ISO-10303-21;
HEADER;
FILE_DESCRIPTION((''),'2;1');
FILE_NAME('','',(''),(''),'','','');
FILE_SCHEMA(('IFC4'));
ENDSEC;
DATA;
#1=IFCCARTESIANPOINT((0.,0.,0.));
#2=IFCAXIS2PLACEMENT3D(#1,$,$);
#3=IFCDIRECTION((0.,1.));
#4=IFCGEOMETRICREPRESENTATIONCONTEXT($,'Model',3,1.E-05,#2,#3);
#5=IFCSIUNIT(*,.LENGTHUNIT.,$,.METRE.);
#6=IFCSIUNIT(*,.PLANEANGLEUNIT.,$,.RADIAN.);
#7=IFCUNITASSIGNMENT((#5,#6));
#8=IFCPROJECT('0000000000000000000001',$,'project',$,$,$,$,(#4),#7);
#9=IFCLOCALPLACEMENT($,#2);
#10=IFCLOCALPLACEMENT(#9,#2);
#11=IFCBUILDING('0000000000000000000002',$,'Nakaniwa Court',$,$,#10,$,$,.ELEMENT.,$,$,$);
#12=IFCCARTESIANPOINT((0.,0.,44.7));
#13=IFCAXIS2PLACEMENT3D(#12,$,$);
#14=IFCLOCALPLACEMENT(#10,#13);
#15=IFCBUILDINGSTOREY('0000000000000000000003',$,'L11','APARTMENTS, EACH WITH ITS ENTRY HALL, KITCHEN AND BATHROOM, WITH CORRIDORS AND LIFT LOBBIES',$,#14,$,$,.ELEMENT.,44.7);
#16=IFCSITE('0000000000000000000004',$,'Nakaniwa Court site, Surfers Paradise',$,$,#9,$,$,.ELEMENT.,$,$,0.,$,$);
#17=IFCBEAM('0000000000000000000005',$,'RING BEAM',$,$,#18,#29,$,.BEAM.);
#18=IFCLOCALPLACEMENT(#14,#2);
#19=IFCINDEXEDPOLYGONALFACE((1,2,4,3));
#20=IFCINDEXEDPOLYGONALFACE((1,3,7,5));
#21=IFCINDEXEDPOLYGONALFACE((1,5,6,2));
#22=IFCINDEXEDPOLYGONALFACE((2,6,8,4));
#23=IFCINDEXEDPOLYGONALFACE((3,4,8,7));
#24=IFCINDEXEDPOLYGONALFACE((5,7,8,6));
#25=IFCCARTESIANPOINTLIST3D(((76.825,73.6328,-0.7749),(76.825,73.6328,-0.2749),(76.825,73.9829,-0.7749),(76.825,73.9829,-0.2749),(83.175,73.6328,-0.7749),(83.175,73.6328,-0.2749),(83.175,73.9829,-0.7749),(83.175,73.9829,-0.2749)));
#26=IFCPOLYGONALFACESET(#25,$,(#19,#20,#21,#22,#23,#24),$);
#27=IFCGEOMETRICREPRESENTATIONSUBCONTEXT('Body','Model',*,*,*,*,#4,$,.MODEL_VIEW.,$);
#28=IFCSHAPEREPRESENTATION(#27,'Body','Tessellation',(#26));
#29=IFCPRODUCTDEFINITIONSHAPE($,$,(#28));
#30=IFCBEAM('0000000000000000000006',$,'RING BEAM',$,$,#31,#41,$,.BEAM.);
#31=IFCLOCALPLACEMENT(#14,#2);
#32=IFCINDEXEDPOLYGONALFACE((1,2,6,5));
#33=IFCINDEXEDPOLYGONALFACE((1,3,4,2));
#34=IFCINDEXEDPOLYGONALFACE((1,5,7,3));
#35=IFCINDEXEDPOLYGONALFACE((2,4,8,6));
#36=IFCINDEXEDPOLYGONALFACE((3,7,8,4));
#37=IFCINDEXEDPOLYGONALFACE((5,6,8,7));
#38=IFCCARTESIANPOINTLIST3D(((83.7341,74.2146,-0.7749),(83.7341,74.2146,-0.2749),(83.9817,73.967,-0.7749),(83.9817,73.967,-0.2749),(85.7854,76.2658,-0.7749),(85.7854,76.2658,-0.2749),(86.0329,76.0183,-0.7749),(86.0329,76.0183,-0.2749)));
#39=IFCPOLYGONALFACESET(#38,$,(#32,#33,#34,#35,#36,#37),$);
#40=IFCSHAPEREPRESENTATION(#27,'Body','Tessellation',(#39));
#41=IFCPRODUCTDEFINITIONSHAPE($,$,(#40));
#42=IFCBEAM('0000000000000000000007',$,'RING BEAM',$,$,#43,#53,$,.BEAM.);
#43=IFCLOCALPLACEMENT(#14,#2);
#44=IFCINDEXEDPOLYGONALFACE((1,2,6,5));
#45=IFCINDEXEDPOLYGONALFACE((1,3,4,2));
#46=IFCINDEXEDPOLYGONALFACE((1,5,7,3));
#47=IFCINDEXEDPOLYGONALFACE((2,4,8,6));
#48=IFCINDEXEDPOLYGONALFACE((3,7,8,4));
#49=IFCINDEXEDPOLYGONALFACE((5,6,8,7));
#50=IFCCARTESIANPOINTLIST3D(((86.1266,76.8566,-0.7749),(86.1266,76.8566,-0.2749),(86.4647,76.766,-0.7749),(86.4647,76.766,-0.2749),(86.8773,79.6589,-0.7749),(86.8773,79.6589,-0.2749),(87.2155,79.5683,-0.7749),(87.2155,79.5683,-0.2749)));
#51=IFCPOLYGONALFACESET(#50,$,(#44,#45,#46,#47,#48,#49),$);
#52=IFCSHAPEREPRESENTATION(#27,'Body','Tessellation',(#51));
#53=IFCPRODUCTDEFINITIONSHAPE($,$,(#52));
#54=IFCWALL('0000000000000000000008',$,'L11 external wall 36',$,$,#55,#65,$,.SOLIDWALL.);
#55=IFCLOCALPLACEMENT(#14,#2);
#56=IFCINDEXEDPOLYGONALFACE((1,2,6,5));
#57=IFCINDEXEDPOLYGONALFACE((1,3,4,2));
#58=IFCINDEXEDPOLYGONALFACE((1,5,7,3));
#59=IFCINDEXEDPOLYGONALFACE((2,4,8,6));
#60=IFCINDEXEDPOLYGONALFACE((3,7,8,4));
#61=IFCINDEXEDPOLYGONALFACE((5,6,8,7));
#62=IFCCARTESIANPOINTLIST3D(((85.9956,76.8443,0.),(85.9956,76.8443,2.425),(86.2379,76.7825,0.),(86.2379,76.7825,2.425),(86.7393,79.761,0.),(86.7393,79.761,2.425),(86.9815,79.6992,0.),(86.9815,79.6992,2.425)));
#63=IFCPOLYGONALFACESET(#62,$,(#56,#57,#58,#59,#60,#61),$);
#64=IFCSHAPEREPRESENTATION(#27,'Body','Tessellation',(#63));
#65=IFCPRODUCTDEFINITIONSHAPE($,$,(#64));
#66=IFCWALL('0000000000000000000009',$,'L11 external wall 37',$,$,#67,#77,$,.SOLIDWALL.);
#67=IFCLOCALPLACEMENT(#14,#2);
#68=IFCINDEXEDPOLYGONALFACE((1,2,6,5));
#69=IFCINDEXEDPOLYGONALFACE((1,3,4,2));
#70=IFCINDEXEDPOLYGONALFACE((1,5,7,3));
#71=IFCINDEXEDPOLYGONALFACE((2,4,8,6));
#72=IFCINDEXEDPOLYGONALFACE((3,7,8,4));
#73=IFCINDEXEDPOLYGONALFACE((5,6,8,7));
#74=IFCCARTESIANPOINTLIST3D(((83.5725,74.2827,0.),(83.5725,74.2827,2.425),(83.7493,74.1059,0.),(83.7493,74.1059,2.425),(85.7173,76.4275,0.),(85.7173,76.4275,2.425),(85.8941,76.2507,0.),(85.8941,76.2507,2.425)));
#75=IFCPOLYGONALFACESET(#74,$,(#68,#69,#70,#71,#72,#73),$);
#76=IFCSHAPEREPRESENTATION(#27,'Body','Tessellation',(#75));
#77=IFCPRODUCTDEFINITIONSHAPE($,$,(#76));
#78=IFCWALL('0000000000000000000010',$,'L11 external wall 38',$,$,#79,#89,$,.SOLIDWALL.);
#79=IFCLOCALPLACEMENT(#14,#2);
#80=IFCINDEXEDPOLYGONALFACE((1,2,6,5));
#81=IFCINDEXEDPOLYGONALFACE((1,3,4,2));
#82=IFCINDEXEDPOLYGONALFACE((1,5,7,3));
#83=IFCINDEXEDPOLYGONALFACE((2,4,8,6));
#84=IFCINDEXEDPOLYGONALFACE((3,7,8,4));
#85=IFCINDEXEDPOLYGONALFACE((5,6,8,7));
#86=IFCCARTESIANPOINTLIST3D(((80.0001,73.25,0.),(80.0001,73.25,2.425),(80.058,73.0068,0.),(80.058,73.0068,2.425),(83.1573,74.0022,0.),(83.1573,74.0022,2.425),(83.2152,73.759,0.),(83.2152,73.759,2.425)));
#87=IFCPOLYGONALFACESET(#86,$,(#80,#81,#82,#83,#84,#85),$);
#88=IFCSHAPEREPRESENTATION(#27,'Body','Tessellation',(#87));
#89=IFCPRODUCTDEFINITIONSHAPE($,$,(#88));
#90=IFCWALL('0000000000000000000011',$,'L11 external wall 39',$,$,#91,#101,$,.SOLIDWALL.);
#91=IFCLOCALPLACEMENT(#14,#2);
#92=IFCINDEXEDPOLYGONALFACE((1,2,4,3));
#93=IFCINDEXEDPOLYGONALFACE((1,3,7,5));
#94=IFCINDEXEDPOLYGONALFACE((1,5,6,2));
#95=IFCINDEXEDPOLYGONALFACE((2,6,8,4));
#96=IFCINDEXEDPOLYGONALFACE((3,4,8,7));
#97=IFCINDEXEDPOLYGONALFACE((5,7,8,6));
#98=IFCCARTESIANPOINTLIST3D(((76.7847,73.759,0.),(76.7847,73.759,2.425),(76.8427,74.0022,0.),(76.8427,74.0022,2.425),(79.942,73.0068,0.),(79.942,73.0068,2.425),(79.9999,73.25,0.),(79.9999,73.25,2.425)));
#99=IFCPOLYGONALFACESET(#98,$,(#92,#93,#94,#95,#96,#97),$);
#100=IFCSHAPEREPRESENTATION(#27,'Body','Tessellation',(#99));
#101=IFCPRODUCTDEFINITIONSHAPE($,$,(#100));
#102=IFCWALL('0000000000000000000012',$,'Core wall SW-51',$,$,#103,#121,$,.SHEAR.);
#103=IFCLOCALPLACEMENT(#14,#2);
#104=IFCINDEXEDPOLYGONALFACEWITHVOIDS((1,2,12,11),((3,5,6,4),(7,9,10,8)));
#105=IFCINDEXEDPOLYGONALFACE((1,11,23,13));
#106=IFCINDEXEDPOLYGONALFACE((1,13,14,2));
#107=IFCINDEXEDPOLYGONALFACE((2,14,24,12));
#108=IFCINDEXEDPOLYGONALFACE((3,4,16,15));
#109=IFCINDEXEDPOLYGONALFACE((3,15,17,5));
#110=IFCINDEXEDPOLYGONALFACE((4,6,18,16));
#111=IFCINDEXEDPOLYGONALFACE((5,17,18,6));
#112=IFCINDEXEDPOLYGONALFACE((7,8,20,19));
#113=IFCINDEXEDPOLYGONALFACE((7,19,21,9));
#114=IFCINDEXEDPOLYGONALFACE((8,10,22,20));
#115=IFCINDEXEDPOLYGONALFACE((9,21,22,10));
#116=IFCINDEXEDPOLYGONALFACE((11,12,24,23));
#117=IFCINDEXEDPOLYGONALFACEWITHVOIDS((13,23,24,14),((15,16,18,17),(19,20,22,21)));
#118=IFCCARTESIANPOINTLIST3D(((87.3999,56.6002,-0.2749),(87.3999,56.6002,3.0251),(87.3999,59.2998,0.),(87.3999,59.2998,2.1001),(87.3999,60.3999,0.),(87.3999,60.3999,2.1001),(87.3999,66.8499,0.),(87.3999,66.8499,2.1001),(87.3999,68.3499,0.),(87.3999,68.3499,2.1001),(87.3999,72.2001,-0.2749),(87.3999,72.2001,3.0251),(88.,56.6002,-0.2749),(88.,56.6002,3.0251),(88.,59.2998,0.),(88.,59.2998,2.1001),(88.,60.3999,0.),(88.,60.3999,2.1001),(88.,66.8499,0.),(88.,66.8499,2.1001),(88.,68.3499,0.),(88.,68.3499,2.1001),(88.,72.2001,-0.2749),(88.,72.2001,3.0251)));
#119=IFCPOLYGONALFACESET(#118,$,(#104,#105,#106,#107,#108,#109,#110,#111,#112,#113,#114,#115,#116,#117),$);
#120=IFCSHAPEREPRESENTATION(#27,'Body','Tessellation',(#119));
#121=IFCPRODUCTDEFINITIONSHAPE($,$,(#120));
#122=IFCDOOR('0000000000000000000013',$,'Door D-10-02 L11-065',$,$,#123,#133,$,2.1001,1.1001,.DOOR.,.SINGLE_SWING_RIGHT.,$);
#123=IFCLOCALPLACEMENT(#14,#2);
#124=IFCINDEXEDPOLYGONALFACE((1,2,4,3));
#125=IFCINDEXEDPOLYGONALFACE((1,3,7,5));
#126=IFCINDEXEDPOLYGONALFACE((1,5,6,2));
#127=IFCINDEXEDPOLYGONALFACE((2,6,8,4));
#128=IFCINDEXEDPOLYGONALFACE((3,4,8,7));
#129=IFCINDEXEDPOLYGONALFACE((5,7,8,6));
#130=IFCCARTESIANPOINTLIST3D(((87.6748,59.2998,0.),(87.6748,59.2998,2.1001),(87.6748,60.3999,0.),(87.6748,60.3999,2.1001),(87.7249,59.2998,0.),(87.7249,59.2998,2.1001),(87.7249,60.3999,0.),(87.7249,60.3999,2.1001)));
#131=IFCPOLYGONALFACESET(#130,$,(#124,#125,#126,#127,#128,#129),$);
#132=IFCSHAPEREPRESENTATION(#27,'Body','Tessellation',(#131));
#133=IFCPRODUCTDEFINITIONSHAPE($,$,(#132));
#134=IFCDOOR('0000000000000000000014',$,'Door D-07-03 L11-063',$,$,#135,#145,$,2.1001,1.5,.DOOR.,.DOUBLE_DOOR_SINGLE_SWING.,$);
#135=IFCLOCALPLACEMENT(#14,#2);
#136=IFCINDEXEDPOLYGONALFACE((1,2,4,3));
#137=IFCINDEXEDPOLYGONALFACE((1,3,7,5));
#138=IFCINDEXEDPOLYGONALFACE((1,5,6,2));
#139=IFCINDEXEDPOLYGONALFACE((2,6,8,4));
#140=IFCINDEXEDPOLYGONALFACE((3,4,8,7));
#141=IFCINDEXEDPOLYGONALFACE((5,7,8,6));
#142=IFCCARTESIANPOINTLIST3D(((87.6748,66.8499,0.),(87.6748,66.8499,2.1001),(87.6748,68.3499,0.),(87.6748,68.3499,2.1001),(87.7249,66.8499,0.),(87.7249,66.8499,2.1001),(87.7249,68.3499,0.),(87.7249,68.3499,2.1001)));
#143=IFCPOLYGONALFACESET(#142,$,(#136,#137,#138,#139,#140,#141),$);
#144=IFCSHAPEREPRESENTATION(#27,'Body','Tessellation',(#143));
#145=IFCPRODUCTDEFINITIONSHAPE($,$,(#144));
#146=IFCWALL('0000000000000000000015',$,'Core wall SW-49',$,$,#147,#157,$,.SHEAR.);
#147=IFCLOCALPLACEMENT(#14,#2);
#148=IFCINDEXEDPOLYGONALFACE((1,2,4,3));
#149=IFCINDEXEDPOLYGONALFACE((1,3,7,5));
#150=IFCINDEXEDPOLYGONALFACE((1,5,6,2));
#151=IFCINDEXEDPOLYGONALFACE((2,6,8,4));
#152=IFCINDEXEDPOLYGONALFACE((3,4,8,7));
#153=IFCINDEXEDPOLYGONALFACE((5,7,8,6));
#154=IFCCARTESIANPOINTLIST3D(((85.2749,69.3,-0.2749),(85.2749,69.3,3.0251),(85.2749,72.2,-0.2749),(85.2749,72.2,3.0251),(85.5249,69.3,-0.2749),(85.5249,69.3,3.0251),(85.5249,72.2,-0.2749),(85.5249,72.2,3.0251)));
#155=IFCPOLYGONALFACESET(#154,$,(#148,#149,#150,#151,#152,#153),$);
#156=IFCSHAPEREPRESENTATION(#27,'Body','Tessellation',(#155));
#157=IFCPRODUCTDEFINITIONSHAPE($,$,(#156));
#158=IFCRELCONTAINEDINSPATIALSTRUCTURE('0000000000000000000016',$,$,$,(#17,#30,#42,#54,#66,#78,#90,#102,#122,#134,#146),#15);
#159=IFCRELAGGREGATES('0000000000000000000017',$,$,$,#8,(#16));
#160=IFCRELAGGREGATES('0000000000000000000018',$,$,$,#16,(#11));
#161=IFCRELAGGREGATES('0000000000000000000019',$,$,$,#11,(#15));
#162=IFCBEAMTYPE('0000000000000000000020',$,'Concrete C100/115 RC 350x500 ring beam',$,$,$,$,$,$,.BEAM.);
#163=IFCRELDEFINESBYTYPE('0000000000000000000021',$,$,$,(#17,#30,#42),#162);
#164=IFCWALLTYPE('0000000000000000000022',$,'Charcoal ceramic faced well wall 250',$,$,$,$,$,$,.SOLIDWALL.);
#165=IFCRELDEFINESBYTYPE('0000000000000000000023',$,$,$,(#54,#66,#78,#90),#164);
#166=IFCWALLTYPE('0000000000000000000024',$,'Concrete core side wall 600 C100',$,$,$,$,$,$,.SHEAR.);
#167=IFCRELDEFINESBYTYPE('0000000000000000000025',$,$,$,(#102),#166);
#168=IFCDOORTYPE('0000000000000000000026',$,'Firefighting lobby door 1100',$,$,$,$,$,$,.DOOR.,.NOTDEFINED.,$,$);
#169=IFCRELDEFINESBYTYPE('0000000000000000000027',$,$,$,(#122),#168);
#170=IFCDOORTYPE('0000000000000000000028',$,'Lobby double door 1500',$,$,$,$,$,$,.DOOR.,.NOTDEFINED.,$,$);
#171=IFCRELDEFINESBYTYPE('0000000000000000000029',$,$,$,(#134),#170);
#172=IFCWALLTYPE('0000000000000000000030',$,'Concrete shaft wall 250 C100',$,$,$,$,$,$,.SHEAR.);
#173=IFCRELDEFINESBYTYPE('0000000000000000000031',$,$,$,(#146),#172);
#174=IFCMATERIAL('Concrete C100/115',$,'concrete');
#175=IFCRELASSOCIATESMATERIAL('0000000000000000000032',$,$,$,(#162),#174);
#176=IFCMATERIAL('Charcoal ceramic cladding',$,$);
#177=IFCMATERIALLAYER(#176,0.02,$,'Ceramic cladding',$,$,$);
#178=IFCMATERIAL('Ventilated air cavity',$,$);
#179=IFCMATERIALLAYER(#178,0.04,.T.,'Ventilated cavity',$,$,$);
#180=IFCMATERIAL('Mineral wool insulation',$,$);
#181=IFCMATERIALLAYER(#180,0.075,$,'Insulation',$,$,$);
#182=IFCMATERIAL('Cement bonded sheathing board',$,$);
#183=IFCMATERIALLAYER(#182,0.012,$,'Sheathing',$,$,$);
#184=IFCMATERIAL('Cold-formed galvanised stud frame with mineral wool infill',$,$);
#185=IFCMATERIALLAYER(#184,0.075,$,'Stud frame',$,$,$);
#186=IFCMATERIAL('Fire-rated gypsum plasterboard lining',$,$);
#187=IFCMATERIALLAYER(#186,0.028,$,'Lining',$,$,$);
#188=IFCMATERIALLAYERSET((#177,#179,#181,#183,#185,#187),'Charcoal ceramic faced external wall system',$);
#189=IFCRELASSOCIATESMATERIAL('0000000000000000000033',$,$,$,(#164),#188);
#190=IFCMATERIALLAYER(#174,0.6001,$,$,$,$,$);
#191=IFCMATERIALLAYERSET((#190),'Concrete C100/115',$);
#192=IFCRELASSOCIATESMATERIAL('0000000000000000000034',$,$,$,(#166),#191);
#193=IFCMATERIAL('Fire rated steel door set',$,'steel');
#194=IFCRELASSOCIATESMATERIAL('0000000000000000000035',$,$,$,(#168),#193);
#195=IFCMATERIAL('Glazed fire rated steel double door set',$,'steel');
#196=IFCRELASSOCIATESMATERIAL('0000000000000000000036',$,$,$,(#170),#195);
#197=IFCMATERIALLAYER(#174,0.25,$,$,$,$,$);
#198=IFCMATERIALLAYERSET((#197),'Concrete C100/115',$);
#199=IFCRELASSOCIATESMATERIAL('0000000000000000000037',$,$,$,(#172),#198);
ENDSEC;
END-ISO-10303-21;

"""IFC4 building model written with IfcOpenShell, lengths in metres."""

from ifc_helpers import new_model, si_unit, direction, frame, frame_2d, origin, origin_2d, place, context, subcontext, project, spatial, rectangle, extrude, material, layer, layer_set, material_profile, profile_set, type_object, element, fill, save


model = new_model("IFC4")

# Units and contexts
model_context = context("Model", 3, precision=1e-05, world=origin(), true_north=direction((0.0, 1.0)))
body_context = subcontext(model_context, "Body", "Model", "MODEL_VIEW")
ifc_project = project(units=[si_unit("LENGTHUNIT", "METRE"), si_unit("PLANEANGLEUNIT", "RADIAN")], contexts=[model_context])

# Site, building, storey
site_placement = place(None, origin())
site = spatial("IfcSite", under=ifc_project, at=site_placement, Name="Nakaniwa Court site, Surfers Paradise", CompositionType="ELEMENT", RefElevation=0.0)
building_placement = place(site_placement, origin())
building = spatial("IfcBuilding", under=site, at=building_placement, Name="Nakaniwa Court", CompositionType="ELEMENT")
storey_placement = place(building_placement, frame((0.0, 0.0, 44.7)))
storey = spatial("IfcBuildingStorey", under=building, at=storey_placement, Name="L11", Description="APARTMENTS, EACH WITH ITS ENTRY HALL, KITCHEN AND BATHROOM, WITH CORRIDORS AND LIFT LOBBIES", CompositionType="ELEMENT", Elevation=44.7)

# Shared definitions
ifc_material_1 = material(Name="Concrete C100/115", Category="concrete")

# Beams
ifc_material_profile_1 = material_profile(ifc_material_1, rectangle(XDim=0.3501, YDim=0.5, at=origin_2d()), Name="Concrete C100/115 RC 350x500 ring beam")
ifc_profile_set_1 = profile_set([ifc_material_profile_1], Name="Concrete C100/115")
beam_type = type_object("IfcBeamType", Name="Concrete C100/115 RC 350x500 ring beam", PredefinedType="BEAM", material=ifc_profile_set_1)
beam_1_placement = place(storey_placement, frame((76.825, 73.8079, -0.5249), z_axis=(1.0, 0.0, 0.0), x_axis=(0.0, 1.0, 0.0)))
element("IfcBeam", 1, at=beam_1_placement, inside=storey, type_object=beam_type, Name="RING BEAM", PredefinedType="BEAM", context=body_context, shape_type="SweptSolid", body=[
    extrude(rectangle(XDim=0.3501, YDim=0.5, at=origin_2d()), origin(), (0.0, 0.0, 1.0), 6.3501),
])
beam_2_placement = place(storey_placement, frame((83.8579, 74.0908, -0.5249), z_axis=(0.707107, 0.707107, 0.0), x_axis=(-0.707107, 0.707107, 0.0)))
element("IfcBeam", 2, at=beam_2_placement, inside=storey, type_object=beam_type, Name="RING BEAM", PredefinedType="BEAM", context=body_context, shape_type="SweptSolid", body=[
    extrude(rectangle(XDim=0.3501, YDim=0.5, at=origin_2d()), origin(), (0.0, 0.0, 1.0), 2.9009),
])
beam_3_placement = place(storey_placement, frame((86.2957, 76.8113, -0.5249), z_axis=(0.258778, 0.965937, 0.0), x_axis=(-0.965937, 0.258778, 0.0)))
element("IfcBeam", 3, at=beam_3_placement, inside=storey, type_object=beam_type, Name="RING BEAM", PredefinedType="BEAM", context=body_context, shape_type="SweptSolid", body=[
    extrude(rectangle(XDim=0.3501, YDim=0.5, at=origin_2d()), origin(), (0.0, 0.0, 1.0), 2.9011),
])

# Walls
ifc_material_2 = material(Name="Charcoal ceramic cladding")
ifc_layer_1 = layer(ifc_material_2, 0.02, Name="Ceramic cladding")
ifc_material_3 = material(Name="Ventilated air cavity")
ifc_layer_2 = layer(ifc_material_3, 0.04, ventilated=True, Name="Ventilated cavity")
ifc_material_4 = material(Name="Mineral wool insulation")
ifc_layer_3 = layer(ifc_material_4, 0.075, Name="Insulation")
ifc_material_5 = material(Name="Cement bonded sheathing board")
ifc_layer_4 = layer(ifc_material_5, 0.012, Name="Sheathing")
ifc_material_6 = material(Name="Cold-formed galvanised stud frame with mineral wool infill")
ifc_layer_5 = layer(ifc_material_6, 0.075, Name="Stud frame")
ifc_material_7 = material(Name="Fire-rated gypsum plasterboard lining")
ifc_layer_6 = layer(ifc_material_7, 0.028, Name="Lining")
ifc_layer_set_1 = layer_set([ifc_layer_1, ifc_layer_2, ifc_layer_3, ifc_layer_4, ifc_layer_5, ifc_layer_6], Name="Charcoal ceramic faced external wall system")
wall_type_1 = type_object("IfcWallType", Name="Charcoal ceramic faced well wall 250", PredefinedType="SOLIDWALL", material=ifc_layer_set_1)
wall_1_placement = place(storey_placement, frame((86.8604, 79.73, 0.0), z_axis=(0.0, 0.0, 1.0), x_axis=(-0.247056, -0.969001, 0.0)))
element("IfcWall", 4, at=wall_1_placement, inside=storey, type_object=wall_type_1, Name="L11 external wall 36", PredefinedType="SOLIDWALL", context=body_context, shape_type="SweptSolid", body=[
    extrude(rectangle(XDim=3.01, YDim=0.25, at=frame_2d((1.5049, 0.0))), origin(), (0.0, 0.0, 1.0), 2.425),
])
wall_2_placement = place(storey_placement, frame((85.8057, 76.3391, 0.0), z_axis=(0.0, 0.0, 1.0), x_axis=(-0.707107, -0.707107, 0.0)))
element("IfcWall", 5, at=wall_2_placement, inside=storey, type_object=wall_type_1, Name="L11 external wall 37", PredefinedType="SOLIDWALL", context=body_context, shape_type="SweptSolid", body=[
    extrude(rectangle(XDim=3.0332, YDim=0.25, at=frame_2d((1.5166, 0.0))), origin(), (0.0, 0.0, 1.0), 2.425),
])
for number, where, z_axis, x_axis, name in (
    (6, (83.1863, 73.8806, 0.0), (0.0, 0.0, 1.0), (-0.972773, -0.23176, 0.0), "L11 external wall 38"),
    (7, (79.9709, 73.1284, 0.0), (0.0, 0.0, 1.0), (-0.972773, 0.23176, 0.0), "L11 external wall 39"),
):
    element("IfcWall", number, at=place(storey_placement, frame(where, z_axis=z_axis, x_axis=x_axis)), inside=storey, type_object=wall_type_1, Name=name, PredefinedType="SOLIDWALL", context=body_context, shape_type="SweptSolid", body=[
        extrude(rectangle(XDim=3.2456, YDim=0.25, at=frame_2d((1.6228, 0.0))), origin(), (0.0, 0.0, 1.0), 2.425),
    ])

# Wall, openings, doors
ifc_layer_7 = layer(ifc_material_1, 0.6001)
ifc_layer_set_2 = layer_set([ifc_layer_7], Name="Concrete C100/115")
wall_type_2 = type_object("IfcWallType", Name="Concrete core side wall 600 C100", PredefinedType="SHEAR", material=ifc_layer_set_2)
wall_3_placement = place(storey_placement, frame((87.7, 72.2, -0.2749), z_axis=(0.0, 0.0, 1.0), x_axis=(0.0, -1.0, 0.0)))
wall_3 = element("IfcWall", 8, at=wall_3_placement, inside=storey, type_object=wall_type_2, Name="Core wall SW-51", PredefinedType="SHEAR", context=body_context, shape_type="SweptSolid", body=[
    extrude(rectangle(XDim=15.5999, YDim=0.6001, at=frame_2d((7.7998, 0.0))), origin(), (0.0, 0.0, 1.0), 3.3),
])
opening_1_placement = place(wall_3_placement, frame((3.8501, 0.0, 0.2749)))
opening_1 = element("IfcOpeningElement", 9, at=opening_1_placement, cuts=wall_3, PredefinedType="OPENING", context=body_context, shape_type="SweptSolid", body=[
    extrude(rectangle(XDim=1.5, YDim=2.1001, at=frame_2d((0.75, 1.05))), frame((0.0, 0.3101, 0.0), z_axis=(0.0, -1.0, 0.0), x_axis=(1.0, 0.0, 0.0)), (0.0, 0.0, 1.0), 0.6201),
])
opening_2_placement = place(wall_3_placement, frame((11.8, 0.0, 0.2749)))
opening_2 = element("IfcOpeningElement", 10, at=opening_2_placement, cuts=wall_3, PredefinedType="OPENING", context=body_context, shape_type="SweptSolid", body=[
    extrude(rectangle(XDim=1.1001, YDim=2.1001, at=frame_2d((0.55, 1.05))), frame((0.0, 0.3101, 0.0), z_axis=(0.0, -1.0, 0.0), x_axis=(1.0, 0.0, 0.0)), (0.0, 0.0, 1.0), 0.6201),
])
ifc_material_8 = material(Name="Fire rated steel door set", Category="steel")
door_type_1 = type_object("IfcDoorType", Name="Firefighting lobby door 1100", OperationType="NOTDEFINED", PredefinedType="DOOR", material=ifc_material_8)
door_1_placement = place(opening_2_placement, origin())
door_1 = element("IfcDoor", 11, at=door_1_placement, inside=storey, type_object=door_type_1, Name="Door D-10-02 L11-065", OperationType="SINGLE_SWING_RIGHT", OverallHeight=2.1001, OverallWidth=1.1001, PredefinedType="DOOR", context=body_context, shape_type="SweptSolid", body=[
    extrude(rectangle(XDim=1.1001, YDim=2.1001, at=frame_2d((0.55, 1.05))), frame((0.0, 0.0249, 0.0), z_axis=(0.0, -1.0, 0.0), x_axis=(1.0, 0.0, 0.0)), (0.0, 0.0, 1.0), 0.05),
])
fill(opening_2, door_1)
ifc_material_9 = material(Name="Glazed fire rated steel double door set", Category="steel")
door_type_2 = type_object("IfcDoorType", Name="Lobby double door 1500", OperationType="NOTDEFINED", PredefinedType="DOOR", material=ifc_material_9)
door_2_placement = place(opening_1_placement, origin())
door_2 = element("IfcDoor", 12, at=door_2_placement, inside=storey, type_object=door_type_2, Name="Door D-07-03 L11-063", OperationType="DOUBLE_DOOR_SINGLE_SWING", OverallHeight=2.1001, OverallWidth=1.5, PredefinedType="DOOR", context=body_context, shape_type="SweptSolid", body=[
    extrude(rectangle(XDim=1.5, YDim=2.1001, at=frame_2d((0.75, 1.05))), frame((0.0, 0.0249, 0.0), z_axis=(0.0, -1.0, 0.0), x_axis=(1.0, 0.0, 0.0)), (0.0, 0.0, 1.0), 0.05),
])
fill(opening_1, door_2)

# Wall
ifc_layer_8 = layer(ifc_material_1, 0.25)
ifc_layer_set_3 = layer_set([ifc_layer_8], Name="Concrete C100/115")
wall_type_3 = type_object("IfcWallType", Name="Concrete shaft wall 250 C100", PredefinedType="SHEAR", material=ifc_layer_set_3)
wall_4_placement = place(storey_placement, frame((85.3999, 69.3, -0.2749), z_axis=(0.0, 0.0, 1.0), x_axis=(0.0, 1.0, 0.0)))
element("IfcWall", 13, at=wall_4_placement, inside=storey, type_object=wall_type_3, Name="Core wall SW-49", PredefinedType="SHEAR", context=body_context, shape_type="SweptSolid", body=[
    extrude(rectangle(XDim=2.8999, YDim=0.25, at=frame_2d((1.45, 0.0))), origin(), (0.0, 0.0, 1.0), 3.3),
])

save(model, "model.ifc")
